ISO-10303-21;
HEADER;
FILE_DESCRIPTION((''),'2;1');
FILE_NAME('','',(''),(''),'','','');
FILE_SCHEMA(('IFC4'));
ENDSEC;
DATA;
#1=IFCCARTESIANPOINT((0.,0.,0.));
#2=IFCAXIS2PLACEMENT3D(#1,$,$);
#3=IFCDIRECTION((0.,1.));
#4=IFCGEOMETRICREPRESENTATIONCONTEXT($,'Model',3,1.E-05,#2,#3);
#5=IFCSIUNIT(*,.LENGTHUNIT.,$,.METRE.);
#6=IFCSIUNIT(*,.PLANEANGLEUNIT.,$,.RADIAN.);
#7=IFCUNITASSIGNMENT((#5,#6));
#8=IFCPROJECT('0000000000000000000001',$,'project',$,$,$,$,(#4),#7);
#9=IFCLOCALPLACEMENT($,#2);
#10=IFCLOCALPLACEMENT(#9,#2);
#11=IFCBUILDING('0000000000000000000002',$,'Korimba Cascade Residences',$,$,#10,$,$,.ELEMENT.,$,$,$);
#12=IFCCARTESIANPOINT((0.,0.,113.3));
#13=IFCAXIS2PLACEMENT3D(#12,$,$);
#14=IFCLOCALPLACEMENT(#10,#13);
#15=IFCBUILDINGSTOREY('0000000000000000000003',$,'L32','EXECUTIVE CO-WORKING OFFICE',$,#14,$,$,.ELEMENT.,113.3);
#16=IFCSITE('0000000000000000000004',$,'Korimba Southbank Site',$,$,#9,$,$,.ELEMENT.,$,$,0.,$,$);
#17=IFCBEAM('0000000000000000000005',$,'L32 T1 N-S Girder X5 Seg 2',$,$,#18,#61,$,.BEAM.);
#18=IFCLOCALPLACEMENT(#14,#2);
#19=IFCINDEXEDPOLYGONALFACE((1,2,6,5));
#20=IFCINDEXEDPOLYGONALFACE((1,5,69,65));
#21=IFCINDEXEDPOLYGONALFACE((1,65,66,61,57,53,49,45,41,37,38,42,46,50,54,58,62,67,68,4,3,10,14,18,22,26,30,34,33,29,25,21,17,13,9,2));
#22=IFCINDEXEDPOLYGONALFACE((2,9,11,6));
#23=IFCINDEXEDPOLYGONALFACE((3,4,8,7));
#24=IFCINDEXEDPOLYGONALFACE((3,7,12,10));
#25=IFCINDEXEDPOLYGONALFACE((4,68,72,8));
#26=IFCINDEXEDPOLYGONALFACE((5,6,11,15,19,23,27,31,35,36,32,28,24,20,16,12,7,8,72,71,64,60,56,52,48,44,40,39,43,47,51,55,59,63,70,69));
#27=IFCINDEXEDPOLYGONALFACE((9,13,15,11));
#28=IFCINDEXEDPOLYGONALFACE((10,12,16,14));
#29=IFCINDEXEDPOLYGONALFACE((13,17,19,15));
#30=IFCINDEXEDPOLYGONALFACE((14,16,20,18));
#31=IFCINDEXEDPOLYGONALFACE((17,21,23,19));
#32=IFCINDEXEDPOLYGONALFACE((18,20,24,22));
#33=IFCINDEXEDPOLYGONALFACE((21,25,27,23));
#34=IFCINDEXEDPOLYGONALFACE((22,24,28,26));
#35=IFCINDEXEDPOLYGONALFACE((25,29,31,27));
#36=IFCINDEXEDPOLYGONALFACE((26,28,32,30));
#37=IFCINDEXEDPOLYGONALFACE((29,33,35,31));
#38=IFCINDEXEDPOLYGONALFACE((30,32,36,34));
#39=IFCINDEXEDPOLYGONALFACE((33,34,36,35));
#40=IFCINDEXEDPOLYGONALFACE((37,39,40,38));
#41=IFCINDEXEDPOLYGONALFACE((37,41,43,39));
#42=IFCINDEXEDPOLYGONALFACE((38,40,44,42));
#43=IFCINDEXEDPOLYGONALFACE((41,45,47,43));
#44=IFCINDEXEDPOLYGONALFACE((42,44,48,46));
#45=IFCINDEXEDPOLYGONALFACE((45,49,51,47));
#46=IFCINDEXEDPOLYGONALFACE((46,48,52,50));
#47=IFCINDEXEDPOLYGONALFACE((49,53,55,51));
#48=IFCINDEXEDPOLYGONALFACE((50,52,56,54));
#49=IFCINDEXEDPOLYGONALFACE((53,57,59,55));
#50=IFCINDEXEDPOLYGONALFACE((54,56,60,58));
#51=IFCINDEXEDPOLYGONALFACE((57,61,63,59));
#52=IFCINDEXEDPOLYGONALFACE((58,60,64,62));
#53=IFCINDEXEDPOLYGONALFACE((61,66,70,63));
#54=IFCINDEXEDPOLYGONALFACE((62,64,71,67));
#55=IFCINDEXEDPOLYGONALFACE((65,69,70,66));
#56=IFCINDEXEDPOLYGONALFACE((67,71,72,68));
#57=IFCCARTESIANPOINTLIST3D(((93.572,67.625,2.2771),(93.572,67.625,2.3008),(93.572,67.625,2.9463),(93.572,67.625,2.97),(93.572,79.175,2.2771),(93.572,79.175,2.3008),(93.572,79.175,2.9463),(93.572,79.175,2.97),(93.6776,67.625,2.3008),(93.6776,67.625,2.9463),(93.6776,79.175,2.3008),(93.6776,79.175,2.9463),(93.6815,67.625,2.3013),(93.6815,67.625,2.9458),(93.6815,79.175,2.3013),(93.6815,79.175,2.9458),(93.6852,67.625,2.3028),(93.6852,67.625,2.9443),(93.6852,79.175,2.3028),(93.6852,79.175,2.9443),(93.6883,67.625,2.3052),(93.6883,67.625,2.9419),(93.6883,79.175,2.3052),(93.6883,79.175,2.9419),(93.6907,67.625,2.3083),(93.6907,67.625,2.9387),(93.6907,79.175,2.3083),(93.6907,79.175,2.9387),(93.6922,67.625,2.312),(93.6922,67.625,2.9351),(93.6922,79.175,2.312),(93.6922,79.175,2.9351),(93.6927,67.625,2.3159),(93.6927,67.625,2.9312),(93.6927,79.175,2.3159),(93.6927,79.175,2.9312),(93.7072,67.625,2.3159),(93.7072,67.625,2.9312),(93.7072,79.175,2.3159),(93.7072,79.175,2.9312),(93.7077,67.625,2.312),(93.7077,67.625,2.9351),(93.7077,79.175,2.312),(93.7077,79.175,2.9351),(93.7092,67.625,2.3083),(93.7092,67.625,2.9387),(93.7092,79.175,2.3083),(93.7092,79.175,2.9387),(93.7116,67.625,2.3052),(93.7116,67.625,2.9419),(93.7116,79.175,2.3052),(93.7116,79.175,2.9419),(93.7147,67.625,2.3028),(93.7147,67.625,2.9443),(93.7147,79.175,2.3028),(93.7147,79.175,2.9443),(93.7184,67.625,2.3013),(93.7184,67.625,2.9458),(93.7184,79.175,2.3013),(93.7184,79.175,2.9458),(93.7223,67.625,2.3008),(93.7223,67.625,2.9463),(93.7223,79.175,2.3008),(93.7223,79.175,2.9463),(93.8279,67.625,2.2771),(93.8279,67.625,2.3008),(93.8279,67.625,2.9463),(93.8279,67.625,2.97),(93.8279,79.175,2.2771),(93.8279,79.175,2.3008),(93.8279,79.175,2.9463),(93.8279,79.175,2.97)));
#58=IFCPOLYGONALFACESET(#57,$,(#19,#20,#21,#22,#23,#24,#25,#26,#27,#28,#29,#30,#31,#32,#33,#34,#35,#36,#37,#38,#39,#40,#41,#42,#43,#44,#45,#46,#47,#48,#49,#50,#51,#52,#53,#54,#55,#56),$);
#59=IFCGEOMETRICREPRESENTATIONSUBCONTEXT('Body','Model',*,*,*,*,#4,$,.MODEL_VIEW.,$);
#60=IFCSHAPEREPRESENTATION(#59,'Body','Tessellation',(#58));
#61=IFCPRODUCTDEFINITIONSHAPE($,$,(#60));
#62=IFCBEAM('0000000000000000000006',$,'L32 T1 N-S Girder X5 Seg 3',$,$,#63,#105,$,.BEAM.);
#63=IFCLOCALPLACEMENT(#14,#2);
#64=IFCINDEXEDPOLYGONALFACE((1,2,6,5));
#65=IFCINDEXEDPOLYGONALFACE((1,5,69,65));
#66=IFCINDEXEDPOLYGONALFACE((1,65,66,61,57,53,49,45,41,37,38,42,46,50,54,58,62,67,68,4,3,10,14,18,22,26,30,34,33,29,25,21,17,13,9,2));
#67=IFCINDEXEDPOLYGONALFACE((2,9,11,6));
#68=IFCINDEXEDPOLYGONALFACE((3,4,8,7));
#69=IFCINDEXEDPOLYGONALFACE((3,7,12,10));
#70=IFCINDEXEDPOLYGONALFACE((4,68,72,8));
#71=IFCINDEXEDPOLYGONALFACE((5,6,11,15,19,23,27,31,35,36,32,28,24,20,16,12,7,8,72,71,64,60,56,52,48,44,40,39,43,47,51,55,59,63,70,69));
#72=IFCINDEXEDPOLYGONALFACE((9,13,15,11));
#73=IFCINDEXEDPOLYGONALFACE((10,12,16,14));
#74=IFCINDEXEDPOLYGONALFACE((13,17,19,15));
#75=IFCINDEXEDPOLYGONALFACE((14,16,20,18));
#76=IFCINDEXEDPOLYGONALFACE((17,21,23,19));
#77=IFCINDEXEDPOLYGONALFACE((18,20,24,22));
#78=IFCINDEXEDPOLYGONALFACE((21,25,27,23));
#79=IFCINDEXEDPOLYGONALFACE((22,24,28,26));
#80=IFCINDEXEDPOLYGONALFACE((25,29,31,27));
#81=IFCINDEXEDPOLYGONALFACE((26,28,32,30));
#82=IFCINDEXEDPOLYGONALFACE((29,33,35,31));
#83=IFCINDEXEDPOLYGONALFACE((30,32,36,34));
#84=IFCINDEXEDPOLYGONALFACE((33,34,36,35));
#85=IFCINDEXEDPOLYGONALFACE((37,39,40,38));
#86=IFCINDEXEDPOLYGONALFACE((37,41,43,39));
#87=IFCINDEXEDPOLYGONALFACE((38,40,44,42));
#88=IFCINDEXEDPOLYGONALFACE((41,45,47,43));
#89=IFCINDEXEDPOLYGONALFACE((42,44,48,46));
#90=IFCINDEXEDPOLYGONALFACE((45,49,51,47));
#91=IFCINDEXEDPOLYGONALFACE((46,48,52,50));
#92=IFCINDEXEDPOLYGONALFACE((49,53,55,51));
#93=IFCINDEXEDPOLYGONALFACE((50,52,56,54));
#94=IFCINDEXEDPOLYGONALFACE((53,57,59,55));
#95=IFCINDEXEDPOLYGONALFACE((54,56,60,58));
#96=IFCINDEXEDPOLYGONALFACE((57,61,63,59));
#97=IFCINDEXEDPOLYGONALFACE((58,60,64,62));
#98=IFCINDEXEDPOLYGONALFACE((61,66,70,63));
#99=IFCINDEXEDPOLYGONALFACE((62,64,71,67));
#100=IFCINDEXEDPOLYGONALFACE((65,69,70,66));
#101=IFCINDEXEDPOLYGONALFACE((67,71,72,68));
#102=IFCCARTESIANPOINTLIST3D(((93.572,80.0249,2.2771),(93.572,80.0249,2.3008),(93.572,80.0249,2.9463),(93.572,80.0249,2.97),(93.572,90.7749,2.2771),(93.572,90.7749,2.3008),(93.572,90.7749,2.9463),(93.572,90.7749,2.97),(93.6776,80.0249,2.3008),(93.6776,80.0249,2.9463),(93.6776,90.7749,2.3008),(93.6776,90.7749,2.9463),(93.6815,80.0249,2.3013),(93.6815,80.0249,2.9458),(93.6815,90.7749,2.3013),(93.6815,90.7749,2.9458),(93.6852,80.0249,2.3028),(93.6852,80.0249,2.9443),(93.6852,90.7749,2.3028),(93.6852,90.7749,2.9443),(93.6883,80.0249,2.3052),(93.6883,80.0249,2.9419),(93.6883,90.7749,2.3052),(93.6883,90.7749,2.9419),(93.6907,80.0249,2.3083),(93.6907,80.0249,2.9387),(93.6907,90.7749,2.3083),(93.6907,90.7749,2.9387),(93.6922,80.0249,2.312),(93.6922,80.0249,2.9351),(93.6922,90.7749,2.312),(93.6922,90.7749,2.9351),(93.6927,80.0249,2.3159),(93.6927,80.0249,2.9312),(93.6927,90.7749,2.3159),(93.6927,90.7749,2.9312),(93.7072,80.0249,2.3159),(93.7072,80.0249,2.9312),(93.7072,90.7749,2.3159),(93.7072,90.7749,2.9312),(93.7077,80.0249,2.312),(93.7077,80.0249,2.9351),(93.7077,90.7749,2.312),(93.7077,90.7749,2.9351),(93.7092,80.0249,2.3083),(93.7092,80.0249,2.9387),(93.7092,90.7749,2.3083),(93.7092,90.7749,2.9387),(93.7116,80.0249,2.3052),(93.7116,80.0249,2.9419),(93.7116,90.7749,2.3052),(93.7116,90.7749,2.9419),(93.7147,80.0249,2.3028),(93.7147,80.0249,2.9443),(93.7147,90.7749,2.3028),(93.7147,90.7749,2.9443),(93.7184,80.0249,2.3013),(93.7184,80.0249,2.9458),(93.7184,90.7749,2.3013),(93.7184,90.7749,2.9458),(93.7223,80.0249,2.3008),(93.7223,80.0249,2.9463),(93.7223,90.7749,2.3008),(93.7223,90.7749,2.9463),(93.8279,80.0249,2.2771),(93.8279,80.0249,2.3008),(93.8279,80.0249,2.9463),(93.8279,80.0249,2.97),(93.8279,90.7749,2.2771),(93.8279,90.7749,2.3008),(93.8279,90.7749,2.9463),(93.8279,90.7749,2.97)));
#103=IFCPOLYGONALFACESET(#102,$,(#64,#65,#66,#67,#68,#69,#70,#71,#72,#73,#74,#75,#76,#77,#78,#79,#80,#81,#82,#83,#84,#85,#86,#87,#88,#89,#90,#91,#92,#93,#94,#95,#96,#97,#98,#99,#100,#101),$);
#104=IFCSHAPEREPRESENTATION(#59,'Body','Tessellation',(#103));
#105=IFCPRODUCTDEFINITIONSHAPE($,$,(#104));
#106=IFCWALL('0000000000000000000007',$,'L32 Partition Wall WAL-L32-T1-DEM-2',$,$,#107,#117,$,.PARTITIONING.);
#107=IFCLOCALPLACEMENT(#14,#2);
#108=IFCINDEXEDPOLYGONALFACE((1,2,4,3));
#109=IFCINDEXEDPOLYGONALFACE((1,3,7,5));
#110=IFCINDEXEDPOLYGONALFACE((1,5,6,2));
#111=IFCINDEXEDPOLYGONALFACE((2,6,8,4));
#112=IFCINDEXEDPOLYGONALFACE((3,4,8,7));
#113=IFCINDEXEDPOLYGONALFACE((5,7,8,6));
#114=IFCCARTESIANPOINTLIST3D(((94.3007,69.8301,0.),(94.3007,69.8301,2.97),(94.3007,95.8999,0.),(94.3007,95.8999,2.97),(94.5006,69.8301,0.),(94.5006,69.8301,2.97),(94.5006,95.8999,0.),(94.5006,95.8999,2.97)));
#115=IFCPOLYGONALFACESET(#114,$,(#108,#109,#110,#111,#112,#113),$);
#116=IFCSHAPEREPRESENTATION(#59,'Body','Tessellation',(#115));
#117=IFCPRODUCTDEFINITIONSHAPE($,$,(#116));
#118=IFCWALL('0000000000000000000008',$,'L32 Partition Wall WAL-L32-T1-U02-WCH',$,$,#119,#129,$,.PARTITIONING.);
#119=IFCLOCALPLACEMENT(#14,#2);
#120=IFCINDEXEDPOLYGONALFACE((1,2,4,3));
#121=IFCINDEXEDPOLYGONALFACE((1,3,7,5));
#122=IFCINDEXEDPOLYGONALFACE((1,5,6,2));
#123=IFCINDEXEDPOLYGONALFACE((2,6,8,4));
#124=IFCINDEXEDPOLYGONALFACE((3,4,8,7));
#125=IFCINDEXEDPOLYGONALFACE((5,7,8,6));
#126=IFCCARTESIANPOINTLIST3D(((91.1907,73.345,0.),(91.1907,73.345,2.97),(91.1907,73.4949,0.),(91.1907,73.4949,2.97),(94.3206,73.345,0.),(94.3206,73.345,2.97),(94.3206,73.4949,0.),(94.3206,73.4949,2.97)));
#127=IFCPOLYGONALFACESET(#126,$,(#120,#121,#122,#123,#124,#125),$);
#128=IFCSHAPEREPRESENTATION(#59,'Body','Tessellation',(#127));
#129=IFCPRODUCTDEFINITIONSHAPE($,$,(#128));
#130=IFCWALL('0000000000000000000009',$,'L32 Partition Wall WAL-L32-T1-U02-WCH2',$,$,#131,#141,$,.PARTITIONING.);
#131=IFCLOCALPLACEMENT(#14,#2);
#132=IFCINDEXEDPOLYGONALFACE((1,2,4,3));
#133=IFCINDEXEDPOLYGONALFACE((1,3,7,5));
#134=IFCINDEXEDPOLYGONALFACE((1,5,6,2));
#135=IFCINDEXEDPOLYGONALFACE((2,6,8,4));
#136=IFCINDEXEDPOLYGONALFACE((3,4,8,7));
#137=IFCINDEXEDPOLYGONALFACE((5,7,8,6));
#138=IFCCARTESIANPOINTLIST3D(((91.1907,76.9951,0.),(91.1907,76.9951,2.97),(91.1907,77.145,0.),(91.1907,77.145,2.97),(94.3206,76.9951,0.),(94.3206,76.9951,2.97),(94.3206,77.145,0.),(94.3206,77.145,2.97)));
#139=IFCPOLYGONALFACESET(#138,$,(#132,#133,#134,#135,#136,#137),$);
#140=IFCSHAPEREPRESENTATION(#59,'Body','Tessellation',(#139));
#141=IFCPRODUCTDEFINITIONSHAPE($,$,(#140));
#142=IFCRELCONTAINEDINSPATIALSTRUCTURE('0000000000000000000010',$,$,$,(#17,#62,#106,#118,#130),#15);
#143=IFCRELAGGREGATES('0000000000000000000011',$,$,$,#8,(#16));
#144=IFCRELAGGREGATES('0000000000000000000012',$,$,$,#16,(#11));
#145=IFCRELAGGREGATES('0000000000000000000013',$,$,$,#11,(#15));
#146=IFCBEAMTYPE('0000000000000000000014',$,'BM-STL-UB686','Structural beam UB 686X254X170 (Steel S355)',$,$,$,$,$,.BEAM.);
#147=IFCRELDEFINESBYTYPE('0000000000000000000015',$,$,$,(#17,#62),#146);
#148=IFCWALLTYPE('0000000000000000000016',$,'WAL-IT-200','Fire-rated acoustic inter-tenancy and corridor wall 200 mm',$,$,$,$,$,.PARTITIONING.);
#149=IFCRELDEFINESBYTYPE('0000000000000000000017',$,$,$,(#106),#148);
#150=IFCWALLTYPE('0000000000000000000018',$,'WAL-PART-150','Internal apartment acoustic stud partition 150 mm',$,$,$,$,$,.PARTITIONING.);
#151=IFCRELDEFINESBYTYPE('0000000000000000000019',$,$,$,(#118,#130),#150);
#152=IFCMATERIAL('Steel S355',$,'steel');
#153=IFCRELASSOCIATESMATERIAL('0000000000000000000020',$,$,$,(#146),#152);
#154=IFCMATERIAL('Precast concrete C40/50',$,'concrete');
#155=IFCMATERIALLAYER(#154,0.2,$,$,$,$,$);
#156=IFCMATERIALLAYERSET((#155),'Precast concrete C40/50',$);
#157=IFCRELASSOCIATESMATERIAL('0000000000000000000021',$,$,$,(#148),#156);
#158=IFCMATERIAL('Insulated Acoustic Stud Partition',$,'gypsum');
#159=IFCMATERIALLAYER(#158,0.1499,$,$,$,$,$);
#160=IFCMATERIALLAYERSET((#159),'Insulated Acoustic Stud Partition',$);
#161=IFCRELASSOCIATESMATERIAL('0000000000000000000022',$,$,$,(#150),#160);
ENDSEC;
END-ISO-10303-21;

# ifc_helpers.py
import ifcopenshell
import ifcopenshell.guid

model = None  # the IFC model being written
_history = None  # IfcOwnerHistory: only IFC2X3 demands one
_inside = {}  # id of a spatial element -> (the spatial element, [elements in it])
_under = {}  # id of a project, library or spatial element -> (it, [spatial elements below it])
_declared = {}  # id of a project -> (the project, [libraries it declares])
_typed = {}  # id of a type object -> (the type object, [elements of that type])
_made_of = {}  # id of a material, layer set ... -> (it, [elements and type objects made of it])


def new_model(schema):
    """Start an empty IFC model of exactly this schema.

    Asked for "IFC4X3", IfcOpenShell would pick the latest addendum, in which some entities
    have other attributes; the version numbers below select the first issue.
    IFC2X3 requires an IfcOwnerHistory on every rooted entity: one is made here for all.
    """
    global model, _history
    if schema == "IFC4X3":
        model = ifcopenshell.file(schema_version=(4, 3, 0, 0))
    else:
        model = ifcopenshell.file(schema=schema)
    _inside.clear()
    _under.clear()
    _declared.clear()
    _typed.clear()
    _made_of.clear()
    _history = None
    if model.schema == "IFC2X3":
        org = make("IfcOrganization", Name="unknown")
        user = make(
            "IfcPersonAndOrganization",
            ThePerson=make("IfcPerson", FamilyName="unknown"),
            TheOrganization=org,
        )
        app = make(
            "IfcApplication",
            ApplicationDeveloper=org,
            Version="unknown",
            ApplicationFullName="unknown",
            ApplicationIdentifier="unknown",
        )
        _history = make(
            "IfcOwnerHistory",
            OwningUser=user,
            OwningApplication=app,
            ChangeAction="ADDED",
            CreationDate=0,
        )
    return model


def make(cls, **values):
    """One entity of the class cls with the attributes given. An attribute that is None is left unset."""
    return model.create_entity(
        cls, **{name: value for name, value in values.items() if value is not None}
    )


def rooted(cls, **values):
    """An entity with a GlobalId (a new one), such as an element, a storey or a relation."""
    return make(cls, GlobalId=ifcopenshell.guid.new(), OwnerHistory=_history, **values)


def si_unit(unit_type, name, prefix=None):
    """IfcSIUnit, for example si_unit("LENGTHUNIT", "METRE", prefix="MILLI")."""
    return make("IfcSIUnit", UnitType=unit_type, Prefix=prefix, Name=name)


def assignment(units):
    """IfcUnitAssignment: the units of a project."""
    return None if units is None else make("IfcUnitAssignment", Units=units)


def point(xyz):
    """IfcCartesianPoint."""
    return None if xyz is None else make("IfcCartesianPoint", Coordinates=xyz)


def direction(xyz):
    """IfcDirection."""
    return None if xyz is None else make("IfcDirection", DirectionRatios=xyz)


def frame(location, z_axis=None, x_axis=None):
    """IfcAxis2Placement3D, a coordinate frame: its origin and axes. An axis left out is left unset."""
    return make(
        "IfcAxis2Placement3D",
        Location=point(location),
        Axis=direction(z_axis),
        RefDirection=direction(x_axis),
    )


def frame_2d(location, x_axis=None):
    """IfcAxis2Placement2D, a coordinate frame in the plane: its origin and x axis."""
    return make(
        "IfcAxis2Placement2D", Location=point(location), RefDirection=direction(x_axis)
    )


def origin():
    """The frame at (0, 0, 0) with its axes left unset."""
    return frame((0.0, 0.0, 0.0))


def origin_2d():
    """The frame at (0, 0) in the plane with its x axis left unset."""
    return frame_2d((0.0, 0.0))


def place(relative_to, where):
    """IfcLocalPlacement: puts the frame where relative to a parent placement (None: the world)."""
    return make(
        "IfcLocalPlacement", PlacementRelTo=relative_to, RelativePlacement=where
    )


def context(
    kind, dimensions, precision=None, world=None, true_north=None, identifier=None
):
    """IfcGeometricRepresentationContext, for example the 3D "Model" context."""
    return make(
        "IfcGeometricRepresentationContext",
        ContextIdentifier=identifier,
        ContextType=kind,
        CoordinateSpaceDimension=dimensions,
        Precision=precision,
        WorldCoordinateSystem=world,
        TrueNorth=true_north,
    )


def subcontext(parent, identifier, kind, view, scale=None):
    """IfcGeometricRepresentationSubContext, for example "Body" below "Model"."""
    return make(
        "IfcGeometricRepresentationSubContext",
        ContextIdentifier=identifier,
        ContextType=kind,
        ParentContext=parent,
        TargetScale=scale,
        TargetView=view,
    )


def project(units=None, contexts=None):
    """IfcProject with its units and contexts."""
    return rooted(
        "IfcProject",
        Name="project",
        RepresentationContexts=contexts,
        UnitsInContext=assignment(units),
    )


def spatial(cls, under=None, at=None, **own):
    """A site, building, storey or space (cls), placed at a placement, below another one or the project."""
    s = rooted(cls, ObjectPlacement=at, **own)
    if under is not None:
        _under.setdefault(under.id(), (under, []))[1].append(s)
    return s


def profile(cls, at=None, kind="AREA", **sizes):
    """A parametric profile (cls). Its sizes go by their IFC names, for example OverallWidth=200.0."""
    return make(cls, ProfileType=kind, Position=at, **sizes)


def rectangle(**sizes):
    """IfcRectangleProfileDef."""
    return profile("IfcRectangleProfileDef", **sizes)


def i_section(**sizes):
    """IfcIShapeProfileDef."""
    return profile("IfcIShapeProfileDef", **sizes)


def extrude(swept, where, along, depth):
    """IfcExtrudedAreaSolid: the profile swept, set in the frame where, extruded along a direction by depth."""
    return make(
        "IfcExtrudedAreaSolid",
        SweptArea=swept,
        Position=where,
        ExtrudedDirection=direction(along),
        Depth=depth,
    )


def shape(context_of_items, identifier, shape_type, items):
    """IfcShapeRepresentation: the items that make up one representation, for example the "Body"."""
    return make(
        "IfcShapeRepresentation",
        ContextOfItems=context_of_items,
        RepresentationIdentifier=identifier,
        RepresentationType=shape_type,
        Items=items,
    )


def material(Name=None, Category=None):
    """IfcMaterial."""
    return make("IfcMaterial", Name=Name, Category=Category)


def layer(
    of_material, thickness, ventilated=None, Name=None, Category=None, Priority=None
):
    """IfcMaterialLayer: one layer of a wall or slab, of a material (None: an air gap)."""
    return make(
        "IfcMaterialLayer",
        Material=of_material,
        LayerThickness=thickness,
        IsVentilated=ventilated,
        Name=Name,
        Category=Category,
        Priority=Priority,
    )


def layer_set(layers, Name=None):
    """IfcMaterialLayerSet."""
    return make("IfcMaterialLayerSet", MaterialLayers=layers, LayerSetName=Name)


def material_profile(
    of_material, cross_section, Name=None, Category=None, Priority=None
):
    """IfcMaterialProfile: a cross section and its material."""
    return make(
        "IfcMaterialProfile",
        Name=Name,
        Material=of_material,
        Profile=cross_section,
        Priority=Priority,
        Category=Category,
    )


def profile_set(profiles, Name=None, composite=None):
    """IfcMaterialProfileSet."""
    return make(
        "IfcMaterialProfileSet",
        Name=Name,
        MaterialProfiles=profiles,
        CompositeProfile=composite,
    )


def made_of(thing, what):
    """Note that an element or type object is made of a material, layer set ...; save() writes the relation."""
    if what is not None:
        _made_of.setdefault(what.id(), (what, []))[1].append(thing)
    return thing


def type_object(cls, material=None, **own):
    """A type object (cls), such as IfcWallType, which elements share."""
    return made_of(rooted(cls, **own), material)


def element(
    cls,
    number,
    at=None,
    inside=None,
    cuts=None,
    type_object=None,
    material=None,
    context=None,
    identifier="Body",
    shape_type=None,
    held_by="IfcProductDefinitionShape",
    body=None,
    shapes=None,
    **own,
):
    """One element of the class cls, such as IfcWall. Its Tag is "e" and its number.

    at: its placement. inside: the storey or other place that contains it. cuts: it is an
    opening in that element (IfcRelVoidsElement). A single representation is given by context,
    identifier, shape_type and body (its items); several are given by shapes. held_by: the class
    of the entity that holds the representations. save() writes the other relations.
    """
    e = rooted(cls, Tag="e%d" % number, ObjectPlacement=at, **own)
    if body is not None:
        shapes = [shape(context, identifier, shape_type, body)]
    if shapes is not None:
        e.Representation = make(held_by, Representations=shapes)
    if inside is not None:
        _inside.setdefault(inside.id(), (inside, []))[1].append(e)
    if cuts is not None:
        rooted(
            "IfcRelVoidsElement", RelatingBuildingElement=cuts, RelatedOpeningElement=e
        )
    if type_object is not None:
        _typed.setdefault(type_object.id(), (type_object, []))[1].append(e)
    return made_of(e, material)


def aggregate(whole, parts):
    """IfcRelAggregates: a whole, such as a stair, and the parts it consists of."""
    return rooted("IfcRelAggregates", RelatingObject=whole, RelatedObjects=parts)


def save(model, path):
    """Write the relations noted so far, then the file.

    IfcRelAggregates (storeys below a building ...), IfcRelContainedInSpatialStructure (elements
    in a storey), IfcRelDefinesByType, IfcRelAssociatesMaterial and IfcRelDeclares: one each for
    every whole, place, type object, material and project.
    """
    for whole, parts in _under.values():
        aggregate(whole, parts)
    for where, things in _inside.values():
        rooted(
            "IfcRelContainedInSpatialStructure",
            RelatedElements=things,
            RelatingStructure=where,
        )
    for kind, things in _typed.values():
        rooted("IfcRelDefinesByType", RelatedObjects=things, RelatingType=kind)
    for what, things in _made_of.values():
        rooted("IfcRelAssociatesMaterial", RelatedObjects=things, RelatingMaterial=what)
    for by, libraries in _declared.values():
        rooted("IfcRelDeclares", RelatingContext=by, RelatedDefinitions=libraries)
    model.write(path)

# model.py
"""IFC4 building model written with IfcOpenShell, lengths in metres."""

from ifc_helpers import new_model, si_unit, direction, frame, frame_2d, origin, origin_2d, place, context, subcontext, project, spatial, rectangle, i_section, extrude, material, layer, layer_set, material_profile, profile_set, type_object, element, save


model = new_model("IFC4")

# Units and contexts
model_context = context("Model", 3, precision=1e-05, world=origin(), true_north=direction((0.0, 1.0)))
body_context = subcontext(model_context, "Body", "Model", "MODEL_VIEW")
ifc_project = project(units=[si_unit("LENGTHUNIT", "METRE"), si_unit("PLANEANGLEUNIT", "RADIAN")], contexts=[model_context])

# Site, building, storey
site_placement = place(None, origin())
site = spatial("IfcSite", under=ifc_project, at=site_placement, Name="Korimba Southbank Site", CompositionType="ELEMENT", RefElevation=0.0)
building_placement = place(site_placement, origin())
building = spatial("IfcBuilding", under=site, at=building_placement, Name="Korimba Cascade Residences", CompositionType="ELEMENT")
storey_placement = place(building_placement, frame((0.0, 0.0, 113.3)))
storey = spatial("IfcBuildingStorey", under=building, at=storey_placement, Name="L32", Description="EXECUTIVE CO-WORKING OFFICE", CompositionType="ELEMENT", Elevation=113.3)

# Beams
ifc_material_1 = material(Name="Steel S355", Category="steel")
ifc_material_profile_1 = material_profile(ifc_material_1, i_section(OverallWidth=0.2559, OverallDepth=0.6929, WebThickness=0.0144, FlangeThickness=0.0237, FilletRadius=0.0151, at=origin_2d()), Name="Steel S355")
ifc_profile_set_1 = profile_set([ifc_material_profile_1], Name="Steel S355")
beam_type_1 = type_object("IfcBeamType", Name="BM-STL-UB686", Description="Structural beam UB 686X254X170 (Steel S355)", PredefinedType="BEAM", material=ifc_profile_set_1)
beam_1_placement = place(storey_placement, frame((93.7, 67.625, 2.6235), z_axis=(0.0, 1.0, 0.0), x_axis=(-1.0, 0.0, 0.0)))
element("IfcBeam", 1, at=beam_1_placement, inside=storey, type_object=beam_type_1, Name="L32 T1 N-S Girder X5 Seg 2", PredefinedType="BEAM", context=body_context, shape_type="SweptSolid", body=[
    extrude(i_section(OverallWidth=0.2559, OverallDepth=0.6929, WebThickness=0.0144, FlangeThickness=0.0237, FilletRadius=0.0151, at=origin_2d()), origin(), (0.0, 0.0, 1.0), 11.55),
])
beam_2_placement = place(storey_placement, frame((93.7, 80.0249, 2.6235), z_axis=(0.0, 1.0, 0.0), x_axis=(-1.0, 0.0, 0.0)))
element("IfcBeam", 2, at=beam_2_placement, inside=storey, type_object=beam_type_1, Name="L32 T1 N-S Girder X5 Seg 3", PredefinedType="BEAM", context=body_context, shape_type="SweptSolid", body=[
    extrude(i_section(OverallWidth=0.2559, OverallDepth=0.6929, WebThickness=0.0144, FlangeThickness=0.0237, FilletRadius=0.0151, at=origin_2d()), origin(), (0.0, 0.0, 1.0), 10.75),
])

# Walls
ifc_material_2 = material(Name="Precast concrete C40/50", Category="concrete")
ifc_layer_1 = layer(ifc_material_2, 0.2)
ifc_layer_set_1 = layer_set([ifc_layer_1], Name="Precast concrete C40/50")
wall_type_1 = type_object("IfcWallType", Name="WAL-IT-200", Description="Fire-rated acoustic inter-tenancy and corridor wall 200 mm", PredefinedType="PARTITIONING", material=ifc_layer_set_1)
wall_1_placement = place(storey_placement, frame((94.4006, 69.8301, 0.0), z_axis=(0.0, 0.0, 1.0), x_axis=(0.0, 1.0, 0.0)))
element("IfcWall", 3, at=wall_1_placement, inside=storey, type_object=wall_type_1, Name="L32 Partition Wall WAL-L32-T1-DEM-2", PredefinedType="PARTITIONING", context=body_context, shape_type="SweptSolid", body=[
    extrude(rectangle(XDim=26.0698, YDim=0.2, at=frame_2d((13.0349, 0.0))), origin(), (0.0, 0.0, 1.0), 2.97),
])
ifc_material_3 = material(Name="Insulated Acoustic Stud Partition", Category="gypsum")
ifc_layer_2 = layer(ifc_material_3, 0.1499)
ifc_layer_set_2 = layer_set([ifc_layer_2], Name="Insulated Acoustic Stud Partition")
wall_type_2 = type_object("IfcWallType", Name="WAL-PART-150", Description="Internal apartment acoustic stud partition 150 mm", PredefinedType="PARTITIONING", material=ifc_layer_set_2)
for number, where, z_axis, x_axis, name in (
    (4, (91.1907, 73.4199, 0.0), (0.0, 0.0, 1.0), (1.0, 0.0, 0.0), "L32 Partition Wall WAL-L32-T1-U02-WCH"),
    (5, (91.1907, 77.0701, 0.0), (0.0, 0.0, 1.0), (1.0, 0.0, 0.0), "L32 Partition Wall WAL-L32-T1-U02-WCH2"),
):
    element("IfcWall", number, at=place(storey_placement, frame(where, z_axis=z_axis, x_axis=x_axis)), inside=storey, type_object=wall_type_2, Name=name, PredefinedType="PARTITIONING", context=body_context, shape_type="SweptSolid", body=[
        extrude(rectangle(XDim=3.1299, YDim=0.1499, at=frame_2d((1.5649, 0.0))), origin(), (0.0, 0.0, 1.0), 2.97),
    ])

save(model, "model.ifc")
